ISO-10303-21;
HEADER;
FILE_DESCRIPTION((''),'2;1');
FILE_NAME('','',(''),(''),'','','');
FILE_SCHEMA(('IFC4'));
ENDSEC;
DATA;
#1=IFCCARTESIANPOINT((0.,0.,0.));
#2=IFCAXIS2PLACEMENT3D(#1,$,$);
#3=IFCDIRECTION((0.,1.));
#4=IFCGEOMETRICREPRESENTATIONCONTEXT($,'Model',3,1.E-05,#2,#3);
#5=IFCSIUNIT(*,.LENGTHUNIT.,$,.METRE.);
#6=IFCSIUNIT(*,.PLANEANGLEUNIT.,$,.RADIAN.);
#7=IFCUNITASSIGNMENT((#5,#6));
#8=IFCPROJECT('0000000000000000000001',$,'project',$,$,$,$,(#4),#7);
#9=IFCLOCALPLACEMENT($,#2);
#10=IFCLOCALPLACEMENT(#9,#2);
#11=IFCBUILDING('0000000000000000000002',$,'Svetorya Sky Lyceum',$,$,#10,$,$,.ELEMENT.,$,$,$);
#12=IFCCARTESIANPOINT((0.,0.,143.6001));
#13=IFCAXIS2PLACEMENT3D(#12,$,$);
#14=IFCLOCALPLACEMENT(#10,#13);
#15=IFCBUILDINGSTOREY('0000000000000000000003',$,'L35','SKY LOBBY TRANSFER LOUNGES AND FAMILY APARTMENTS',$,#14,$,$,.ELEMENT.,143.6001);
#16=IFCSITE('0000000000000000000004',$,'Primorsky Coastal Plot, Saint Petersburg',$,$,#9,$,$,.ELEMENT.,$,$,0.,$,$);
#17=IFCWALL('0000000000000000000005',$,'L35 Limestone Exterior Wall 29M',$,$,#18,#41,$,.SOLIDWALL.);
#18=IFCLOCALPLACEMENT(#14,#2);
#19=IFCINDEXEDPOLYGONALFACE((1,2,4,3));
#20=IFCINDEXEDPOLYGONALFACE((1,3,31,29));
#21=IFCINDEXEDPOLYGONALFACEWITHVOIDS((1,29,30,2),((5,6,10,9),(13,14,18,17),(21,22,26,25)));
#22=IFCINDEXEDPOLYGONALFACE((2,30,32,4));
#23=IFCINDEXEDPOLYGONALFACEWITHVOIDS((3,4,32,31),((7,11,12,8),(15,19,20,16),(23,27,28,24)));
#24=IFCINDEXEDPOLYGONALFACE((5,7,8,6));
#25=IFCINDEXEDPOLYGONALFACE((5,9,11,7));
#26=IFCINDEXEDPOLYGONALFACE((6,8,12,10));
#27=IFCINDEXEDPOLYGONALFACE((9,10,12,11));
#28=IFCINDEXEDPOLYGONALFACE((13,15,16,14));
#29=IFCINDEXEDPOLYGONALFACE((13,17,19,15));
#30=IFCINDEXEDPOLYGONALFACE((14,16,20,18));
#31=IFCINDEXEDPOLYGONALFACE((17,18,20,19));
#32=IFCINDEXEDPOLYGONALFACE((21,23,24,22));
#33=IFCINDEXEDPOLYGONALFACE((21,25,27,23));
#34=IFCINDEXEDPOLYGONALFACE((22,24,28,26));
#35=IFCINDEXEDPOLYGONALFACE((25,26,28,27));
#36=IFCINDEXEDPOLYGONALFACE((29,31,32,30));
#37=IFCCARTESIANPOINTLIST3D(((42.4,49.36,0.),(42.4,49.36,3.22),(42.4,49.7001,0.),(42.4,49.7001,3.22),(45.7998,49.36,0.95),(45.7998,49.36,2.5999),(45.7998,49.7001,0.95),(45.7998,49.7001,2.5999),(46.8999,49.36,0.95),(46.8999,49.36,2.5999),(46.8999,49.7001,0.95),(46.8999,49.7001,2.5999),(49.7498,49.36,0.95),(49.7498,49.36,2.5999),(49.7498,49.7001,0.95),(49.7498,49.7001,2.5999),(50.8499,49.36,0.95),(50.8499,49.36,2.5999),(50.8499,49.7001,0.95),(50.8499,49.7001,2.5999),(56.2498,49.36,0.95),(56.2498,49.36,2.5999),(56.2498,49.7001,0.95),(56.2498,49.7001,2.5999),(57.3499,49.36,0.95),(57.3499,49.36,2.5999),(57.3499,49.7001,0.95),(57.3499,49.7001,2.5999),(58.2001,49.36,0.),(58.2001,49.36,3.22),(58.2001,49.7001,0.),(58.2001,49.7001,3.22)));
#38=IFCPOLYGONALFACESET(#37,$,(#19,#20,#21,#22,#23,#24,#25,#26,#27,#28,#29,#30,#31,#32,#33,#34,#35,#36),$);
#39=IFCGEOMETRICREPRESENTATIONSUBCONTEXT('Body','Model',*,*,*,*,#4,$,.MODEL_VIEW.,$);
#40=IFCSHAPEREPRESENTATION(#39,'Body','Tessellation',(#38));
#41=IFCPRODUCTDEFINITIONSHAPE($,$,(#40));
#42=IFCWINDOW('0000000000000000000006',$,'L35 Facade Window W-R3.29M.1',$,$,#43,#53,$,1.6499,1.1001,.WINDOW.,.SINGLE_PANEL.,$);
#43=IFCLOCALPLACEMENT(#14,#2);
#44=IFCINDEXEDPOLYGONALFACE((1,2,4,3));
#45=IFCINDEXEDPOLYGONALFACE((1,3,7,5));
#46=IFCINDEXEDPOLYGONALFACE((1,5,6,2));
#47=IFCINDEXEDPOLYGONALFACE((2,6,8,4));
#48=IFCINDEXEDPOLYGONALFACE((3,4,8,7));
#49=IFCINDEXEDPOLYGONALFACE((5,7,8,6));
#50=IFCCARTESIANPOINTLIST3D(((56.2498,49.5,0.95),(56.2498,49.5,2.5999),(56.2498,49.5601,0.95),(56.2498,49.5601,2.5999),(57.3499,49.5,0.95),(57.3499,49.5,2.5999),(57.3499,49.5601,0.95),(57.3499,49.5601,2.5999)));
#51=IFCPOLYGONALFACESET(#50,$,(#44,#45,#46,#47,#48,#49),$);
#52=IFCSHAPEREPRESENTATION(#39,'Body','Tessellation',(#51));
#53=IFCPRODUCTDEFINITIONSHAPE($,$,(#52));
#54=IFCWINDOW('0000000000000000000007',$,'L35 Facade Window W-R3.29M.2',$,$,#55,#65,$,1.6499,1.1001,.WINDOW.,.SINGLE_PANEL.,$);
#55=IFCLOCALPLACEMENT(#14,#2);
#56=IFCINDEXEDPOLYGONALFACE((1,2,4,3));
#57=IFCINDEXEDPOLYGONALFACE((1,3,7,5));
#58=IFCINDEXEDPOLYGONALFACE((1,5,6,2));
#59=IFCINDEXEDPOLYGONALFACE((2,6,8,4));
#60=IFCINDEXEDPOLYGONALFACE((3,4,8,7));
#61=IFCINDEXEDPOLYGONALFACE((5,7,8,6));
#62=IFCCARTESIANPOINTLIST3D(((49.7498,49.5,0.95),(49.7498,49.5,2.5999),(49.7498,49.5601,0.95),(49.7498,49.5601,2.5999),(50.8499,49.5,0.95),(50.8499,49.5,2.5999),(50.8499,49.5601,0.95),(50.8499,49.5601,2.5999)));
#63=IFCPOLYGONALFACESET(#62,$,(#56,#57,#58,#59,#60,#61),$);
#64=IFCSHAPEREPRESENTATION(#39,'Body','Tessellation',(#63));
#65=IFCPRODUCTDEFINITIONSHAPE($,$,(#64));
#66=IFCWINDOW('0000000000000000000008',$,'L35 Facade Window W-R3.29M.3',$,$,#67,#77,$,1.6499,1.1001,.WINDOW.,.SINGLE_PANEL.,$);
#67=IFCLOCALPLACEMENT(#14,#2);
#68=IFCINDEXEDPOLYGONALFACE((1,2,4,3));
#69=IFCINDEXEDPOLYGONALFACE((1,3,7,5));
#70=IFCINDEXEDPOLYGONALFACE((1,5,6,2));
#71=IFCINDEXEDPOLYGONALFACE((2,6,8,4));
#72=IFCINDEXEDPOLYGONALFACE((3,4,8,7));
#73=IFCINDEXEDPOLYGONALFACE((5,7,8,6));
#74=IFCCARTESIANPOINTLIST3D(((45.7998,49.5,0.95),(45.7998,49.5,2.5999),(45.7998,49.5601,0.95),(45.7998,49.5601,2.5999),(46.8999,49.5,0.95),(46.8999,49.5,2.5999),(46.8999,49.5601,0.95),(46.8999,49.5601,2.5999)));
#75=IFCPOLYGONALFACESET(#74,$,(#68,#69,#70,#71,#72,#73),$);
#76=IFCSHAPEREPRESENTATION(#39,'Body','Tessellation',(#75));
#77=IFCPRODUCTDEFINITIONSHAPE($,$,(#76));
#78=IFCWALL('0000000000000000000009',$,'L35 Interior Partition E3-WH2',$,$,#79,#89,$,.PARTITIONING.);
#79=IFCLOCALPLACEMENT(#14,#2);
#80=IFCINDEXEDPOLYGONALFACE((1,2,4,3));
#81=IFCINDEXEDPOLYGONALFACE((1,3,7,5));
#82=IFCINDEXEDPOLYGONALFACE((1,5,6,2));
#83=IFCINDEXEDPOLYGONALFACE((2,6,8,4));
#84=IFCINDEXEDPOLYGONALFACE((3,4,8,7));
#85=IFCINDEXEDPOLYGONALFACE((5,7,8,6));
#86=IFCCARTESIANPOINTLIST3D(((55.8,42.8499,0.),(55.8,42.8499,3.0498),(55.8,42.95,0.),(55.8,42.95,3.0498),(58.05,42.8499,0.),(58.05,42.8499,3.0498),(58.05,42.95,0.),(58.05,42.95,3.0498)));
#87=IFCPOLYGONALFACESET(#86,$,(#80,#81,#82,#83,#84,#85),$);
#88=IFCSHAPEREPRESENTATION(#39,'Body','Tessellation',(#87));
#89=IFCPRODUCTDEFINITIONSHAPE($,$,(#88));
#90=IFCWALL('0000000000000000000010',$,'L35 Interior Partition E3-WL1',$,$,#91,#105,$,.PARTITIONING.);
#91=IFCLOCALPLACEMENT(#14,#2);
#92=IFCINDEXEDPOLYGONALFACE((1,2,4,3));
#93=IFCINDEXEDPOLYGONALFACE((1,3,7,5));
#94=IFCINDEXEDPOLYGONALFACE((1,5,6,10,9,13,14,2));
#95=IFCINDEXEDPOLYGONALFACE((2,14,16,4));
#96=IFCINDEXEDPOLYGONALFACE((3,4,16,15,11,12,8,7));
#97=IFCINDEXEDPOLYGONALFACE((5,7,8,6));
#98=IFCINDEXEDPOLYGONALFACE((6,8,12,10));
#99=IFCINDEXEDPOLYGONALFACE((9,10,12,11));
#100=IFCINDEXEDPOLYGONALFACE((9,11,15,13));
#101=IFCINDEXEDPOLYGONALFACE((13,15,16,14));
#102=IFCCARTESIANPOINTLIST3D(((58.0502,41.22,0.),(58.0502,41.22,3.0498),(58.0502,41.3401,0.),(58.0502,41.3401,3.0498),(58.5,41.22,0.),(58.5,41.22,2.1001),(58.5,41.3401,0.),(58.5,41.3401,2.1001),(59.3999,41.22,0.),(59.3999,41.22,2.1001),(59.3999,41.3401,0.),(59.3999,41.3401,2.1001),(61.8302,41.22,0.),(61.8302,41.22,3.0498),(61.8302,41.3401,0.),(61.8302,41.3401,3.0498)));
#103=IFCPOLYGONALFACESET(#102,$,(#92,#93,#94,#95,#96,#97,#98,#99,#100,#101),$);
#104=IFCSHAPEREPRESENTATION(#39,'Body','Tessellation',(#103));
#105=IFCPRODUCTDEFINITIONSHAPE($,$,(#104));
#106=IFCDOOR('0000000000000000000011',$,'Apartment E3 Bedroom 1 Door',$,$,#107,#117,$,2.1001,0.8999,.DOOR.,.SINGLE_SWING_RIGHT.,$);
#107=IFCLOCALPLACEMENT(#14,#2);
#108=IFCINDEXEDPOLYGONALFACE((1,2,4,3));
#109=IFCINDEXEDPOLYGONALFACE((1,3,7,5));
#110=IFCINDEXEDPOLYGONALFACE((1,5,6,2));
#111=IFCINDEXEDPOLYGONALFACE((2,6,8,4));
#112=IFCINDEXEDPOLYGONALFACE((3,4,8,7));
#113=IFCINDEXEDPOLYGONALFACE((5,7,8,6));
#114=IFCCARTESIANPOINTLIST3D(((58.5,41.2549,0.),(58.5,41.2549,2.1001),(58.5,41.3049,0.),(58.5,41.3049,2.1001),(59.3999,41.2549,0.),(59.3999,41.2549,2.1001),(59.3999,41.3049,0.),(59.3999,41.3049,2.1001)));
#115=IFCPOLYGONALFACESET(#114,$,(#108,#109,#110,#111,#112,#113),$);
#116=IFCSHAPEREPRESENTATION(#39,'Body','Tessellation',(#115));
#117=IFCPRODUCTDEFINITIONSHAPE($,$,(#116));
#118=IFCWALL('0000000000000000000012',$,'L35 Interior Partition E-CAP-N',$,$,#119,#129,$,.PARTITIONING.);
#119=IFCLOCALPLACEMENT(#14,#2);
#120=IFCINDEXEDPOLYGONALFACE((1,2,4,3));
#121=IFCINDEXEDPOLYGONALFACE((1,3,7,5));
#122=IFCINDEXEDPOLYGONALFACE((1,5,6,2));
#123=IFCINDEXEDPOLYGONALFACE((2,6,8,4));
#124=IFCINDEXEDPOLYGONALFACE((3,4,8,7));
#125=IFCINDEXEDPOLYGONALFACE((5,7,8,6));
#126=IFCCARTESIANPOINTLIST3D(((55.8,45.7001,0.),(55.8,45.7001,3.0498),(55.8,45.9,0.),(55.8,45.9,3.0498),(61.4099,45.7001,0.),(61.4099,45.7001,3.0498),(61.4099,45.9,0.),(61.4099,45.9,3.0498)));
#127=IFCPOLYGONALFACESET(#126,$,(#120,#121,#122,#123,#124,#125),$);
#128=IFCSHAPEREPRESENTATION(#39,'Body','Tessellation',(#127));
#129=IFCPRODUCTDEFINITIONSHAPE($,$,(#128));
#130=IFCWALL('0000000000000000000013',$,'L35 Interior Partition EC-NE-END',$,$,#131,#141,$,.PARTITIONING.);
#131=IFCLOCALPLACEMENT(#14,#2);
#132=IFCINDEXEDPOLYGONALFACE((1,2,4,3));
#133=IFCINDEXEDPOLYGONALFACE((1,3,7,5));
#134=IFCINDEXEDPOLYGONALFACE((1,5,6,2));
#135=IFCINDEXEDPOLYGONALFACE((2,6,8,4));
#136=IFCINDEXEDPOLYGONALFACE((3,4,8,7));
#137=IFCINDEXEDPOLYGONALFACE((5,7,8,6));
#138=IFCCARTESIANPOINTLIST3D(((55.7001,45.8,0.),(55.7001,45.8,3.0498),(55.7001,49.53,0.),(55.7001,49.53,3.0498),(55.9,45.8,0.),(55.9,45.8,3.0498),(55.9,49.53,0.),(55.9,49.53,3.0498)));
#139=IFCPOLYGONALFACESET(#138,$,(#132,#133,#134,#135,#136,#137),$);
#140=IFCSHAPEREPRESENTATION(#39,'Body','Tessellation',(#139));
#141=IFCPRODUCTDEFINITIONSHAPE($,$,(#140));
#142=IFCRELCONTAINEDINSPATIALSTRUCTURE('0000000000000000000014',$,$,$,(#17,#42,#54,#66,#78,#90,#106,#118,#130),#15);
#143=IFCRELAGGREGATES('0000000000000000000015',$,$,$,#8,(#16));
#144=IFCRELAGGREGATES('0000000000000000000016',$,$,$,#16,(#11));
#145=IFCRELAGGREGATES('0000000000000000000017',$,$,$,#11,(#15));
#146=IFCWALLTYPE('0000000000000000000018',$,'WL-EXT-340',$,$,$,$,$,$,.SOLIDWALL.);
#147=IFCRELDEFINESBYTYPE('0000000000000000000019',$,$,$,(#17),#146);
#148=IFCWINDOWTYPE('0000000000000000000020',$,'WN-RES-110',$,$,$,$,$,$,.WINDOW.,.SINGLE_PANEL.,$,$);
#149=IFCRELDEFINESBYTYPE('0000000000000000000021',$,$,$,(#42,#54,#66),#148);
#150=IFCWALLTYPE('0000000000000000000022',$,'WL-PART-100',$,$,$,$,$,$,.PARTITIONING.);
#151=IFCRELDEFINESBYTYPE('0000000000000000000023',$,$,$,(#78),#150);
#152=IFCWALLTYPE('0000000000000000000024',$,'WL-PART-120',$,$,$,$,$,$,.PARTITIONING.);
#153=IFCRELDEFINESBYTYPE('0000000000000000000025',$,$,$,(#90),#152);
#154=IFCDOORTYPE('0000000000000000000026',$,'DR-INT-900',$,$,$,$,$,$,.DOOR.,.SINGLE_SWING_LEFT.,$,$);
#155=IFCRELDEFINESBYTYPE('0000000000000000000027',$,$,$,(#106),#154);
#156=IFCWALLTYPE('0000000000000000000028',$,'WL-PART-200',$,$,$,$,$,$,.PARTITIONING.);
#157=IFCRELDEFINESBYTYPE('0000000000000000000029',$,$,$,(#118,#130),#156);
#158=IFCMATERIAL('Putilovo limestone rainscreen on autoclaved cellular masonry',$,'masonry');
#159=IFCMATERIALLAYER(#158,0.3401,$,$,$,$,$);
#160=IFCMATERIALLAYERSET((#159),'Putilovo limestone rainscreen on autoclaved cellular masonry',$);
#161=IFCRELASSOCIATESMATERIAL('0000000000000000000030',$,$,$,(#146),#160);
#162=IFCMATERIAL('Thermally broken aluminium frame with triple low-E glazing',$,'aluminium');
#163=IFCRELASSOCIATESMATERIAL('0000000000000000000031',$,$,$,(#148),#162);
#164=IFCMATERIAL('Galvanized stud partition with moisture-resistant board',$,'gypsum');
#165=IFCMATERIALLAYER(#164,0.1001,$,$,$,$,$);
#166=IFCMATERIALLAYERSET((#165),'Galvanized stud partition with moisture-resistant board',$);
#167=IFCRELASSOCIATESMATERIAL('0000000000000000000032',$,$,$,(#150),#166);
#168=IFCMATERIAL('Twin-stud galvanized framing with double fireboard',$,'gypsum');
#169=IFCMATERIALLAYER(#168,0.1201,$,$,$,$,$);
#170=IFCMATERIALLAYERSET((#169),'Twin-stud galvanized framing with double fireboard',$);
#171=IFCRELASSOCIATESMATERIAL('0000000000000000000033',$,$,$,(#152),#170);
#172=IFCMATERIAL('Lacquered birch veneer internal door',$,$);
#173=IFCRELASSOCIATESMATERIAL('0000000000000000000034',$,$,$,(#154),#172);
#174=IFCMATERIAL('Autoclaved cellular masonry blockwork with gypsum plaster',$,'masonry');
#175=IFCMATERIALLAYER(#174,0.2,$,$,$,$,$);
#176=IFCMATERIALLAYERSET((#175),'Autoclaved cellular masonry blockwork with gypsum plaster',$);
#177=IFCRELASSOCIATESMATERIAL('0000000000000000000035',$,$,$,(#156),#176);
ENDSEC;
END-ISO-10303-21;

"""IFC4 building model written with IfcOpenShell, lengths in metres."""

from ifc_helpers import new_model, si_unit, direction, frame, frame_2d, origin, place, context, subcontext, project, spatial, rectangle, extrude, material, layer, layer_set, type_object, element, fill, save


model = new_model("IFC4")

# Units and contexts
model_context = context("Model", 3, precision=1e-05, world=origin(), true_north=direction((0.0, 1.0)))
body_context = subcontext(model_context, "Body", "Model", "MODEL_VIEW")
ifc_project = project(units=[si_unit("LENGTHUNIT", "METRE"), si_unit("PLANEANGLEUNIT", "RADIAN")], contexts=[model_context])

# Site, building, storey
site_placement = place(None, origin())
site = spatial("IfcSite", under=ifc_project, at=site_placement, Name="Primorsky Coastal Plot, Saint Petersburg", CompositionType="ELEMENT", RefElevation=0.0)
building_placement = place(site_placement, origin())
building = spatial("IfcBuilding", under=site, at=building_placement, Name="Svetorya Sky Lyceum", CompositionType="ELEMENT")
storey_placement = place(building_placement, frame((0.0, 0.0, 143.6001)))
storey = spatial("IfcBuildingStorey", under=building, at=storey_placement, Name="L35", Description="SKY LOBBY TRANSFER LOUNGES AND FAMILY APARTMENTS", CompositionType="ELEMENT", Elevation=143.6001)

# Shared definitions
ifc_material_1 = material(Name="Putilovo limestone rainscreen on autoclaved cellular masonry", Category="masonry")
ifc_layer_1 = layer(ifc_material_1, 0.3401)
ifc_layer_set_1 = layer_set([ifc_layer_1], Name="Putilovo limestone rainscreen on autoclaved cellular masonry")
wall_type_1 = type_object("IfcWallType", Name="WL-EXT-340", PredefinedType="SOLIDWALL", material=ifc_layer_set_1)

# Wall, openings, windows
wall_1_placement = place(storey_placement, frame((58.2, 49.53, 0.0), z_axis=(0.0, 0.0, 1.0), x_axis=(-1.0, 0.0, 0.0)))
wall_1 = element("IfcWall", 1, at=wall_1_placement, inside=storey, type_object=wall_type_1, Name="L35 Limestone Exterior Wall 29M", PredefinedType="SOLIDWALL", context=body_context, shape_type="SweptSolid", body=[
    extrude(rectangle(XDim=15.8, YDim=0.3401, at=frame_2d((7.8999, 0.0))), origin(), (0.0, 0.0, 1.0), 3.22),
])
opening_1_placement = place(wall_1_placement, frame((0.8501, 0.0, 0.95)))
opening_1 = element("IfcOpeningElement", 2, at=opening_1_placement, cuts=wall_1, PredefinedType="OPENING", context=body_context, shape_type="SweptSolid", body=[
    extrude(rectangle(XDim=1.1001, YDim=1.6499, at=frame_2d((0.55, 0.825))), frame((0.0, 0.1799, 0.0), z_axis=(0.0, -1.0, 0.0), x_axis=(1.0, 0.0, 0.0)), (0.0, 0.0, 1.0), 0.3601),
])
opening_2_placement = place(wall_1_placement, frame((7.3501, 0.0, 0.95)))
opening_2 = element("IfcOpeningElement", 3, at=opening_2_placement, cuts=wall_1, PredefinedType="OPENING", context=body_context, shape_type="SweptSolid", body=[
    extrude(rectangle(XDim=1.1001, YDim=1.6499, at=frame_2d((0.55, 0.825))), frame((0.0, 0.1799, 0.0), z_axis=(0.0, -1.0, 0.0), x_axis=(1.0, 0.0, 0.0)), (0.0, 0.0, 1.0), 0.3601),
])
opening_3_placement = place(wall_1_placement, frame((11.3, 0.0, 0.95)))
opening_3 = element("IfcOpeningElement", 4, at=opening_3_placement, cuts=wall_1, PredefinedType="OPENING", context=body_context, shape_type="SweptSolid", body=[
    extrude(rectangle(XDim=1.1001, YDim=1.6499, at=frame_2d((0.55, 0.825))), frame((0.0, 0.1799, 0.0), z_axis=(0.0, -1.0, 0.0), x_axis=(1.0, 0.0, 0.0)), (0.0, 0.0, 1.0), 0.3601),
])
ifc_material_2 = material(Name="Thermally broken aluminium frame with triple low-E glazing", Category="aluminium")
window_type = type_object("IfcWindowType", Name="WN-RES-110", PartitioningType="SINGLE_PANEL", PredefinedType="WINDOW", material=ifc_material_2)
window_1_placement = place(opening_1_placement, origin())
window_1 = element("IfcWindow", 5, at=window_1_placement, inside=storey, type_object=window_type, Name="L35 Facade Window W-R3.29M.1", OverallHeight=1.6499, OverallWidth=1.1001, PartitioningType="SINGLE_PANEL", PredefinedType="WINDOW", context=body_context, shape_type="SweptSolid", body=[
    extrude(rectangle(XDim=1.1001, YDim=1.6499, at=frame_2d((0.55, 0.825))), frame((0.0, 0.03, 0.0), z_axis=(0.0, -1.0, 0.0), x_axis=(1.0, 0.0, 0.0)), (0.0, 0.0, 1.0), 0.0601),
])
fill(opening_1, window_1)
window_2_placement = place(opening_2_placement, origin())
window_2 = element("IfcWindow", 6, at=window_2_placement, inside=storey, type_object=window_type, Name="L35 Facade Window W-R3.29M.2", OverallHeight=1.6499, OverallWidth=1.1001, PartitioningType="SINGLE_PANEL", PredefinedType="WINDOW", context=body_context, shape_type="SweptSolid", body=[
    extrude(rectangle(XDim=1.1001, YDim=1.6499, at=frame_2d((0.55, 0.825))), frame((0.0, 0.03, 0.0), z_axis=(0.0, -1.0, 0.0), x_axis=(1.0, 0.0, 0.0)), (0.0, 0.0, 1.0), 0.0601),
])
fill(opening_2, window_2)
window_3_placement = place(opening_3_placement, origin())
window_3 = element("IfcWindow", 7, at=window_3_placement, inside=storey, type_object=window_type, Name="L35 Facade Window W-R3.29M.3", OverallHeight=1.6499, OverallWidth=1.1001, PartitioningType="SINGLE_PANEL", PredefinedType="WINDOW", context=body_context, shape_type="SweptSolid", body=[
    extrude(rectangle(XDim=1.1001, YDim=1.6499, at=frame_2d((0.55, 0.825))), frame((0.0, 0.03, 0.0), z_axis=(0.0, -1.0, 0.0), x_axis=(1.0, 0.0, 0.0)), (0.0, 0.0, 1.0), 0.0601),
])
fill(opening_3, window_3)

# Wall
ifc_material_3 = material(Name="Galvanized stud partition with moisture-resistant board", Category="gypsum")
ifc_layer_2 = layer(ifc_material_3, 0.1001)
ifc_layer_set_2 = layer_set([ifc_layer_2], Name="Galvanized stud partition with moisture-resistant board")
wall_type_2 = type_object("IfcWallType", Name="WL-PART-100", PredefinedType="PARTITIONING", material=ifc_layer_set_2)
wall_2_placement = place(storey_placement, frame((55.8, 42.8999, 0.0), z_axis=(0.0, 0.0, 1.0), x_axis=(1.0, 0.0, 0.0)))
element("IfcWall", 8, at=wall_2_placement, inside=storey, type_object=wall_type_2, Name="L35 Interior Partition E3-WH2", PredefinedType="PARTITIONING", context=body_context, shape_type="SweptSolid", body=[
    extrude(rectangle(XDim=2.25, YDim=0.1001, at=frame_2d((1.125, 0.0))), origin(), (0.0, 0.0, 1.0), 3.0498),
])

# Wall, opening, door
ifc_material_4 = material(Name="Twin-stud galvanized framing with double fireboard", Category="gypsum")
ifc_layer_3 = layer(ifc_material_4, 0.1201)
ifc_layer_set_3 = layer_set([ifc_layer_3], Name="Twin-stud galvanized framing with double fireboard")
wall_type_3 = type_object("IfcWallType", Name="WL-PART-120", PredefinedType="PARTITIONING", material=ifc_layer_set_3)
wall_3_placement = place(storey_placement, frame((58.05, 41.28, 0.0), z_axis=(0.0, 0.0, 1.0), x_axis=(1.0, 0.0, 0.0)))
wall_3 = element("IfcWall", 9, at=wall_3_placement, inside=storey, type_object=wall_type_3, Name="L35 Interior Partition E3-WL1", PredefinedType="PARTITIONING", context=body_context, shape_type="SweptSolid", body=[
    extrude(rectangle(XDim=3.78, YDim=0.1201, at=frame_2d((1.8901, 0.0))), origin(), (0.0, 0.0, 1.0), 3.0498),
])
opening_4_placement = place(wall_3_placement, frame((0.45, 0.0, 0.0)))
opening_4 = element("IfcOpeningElement", 10, at=opening_4_placement, cuts=wall_3, PredefinedType="OPENING", context=body_context, shape_type="SweptSolid", body=[
    extrude(rectangle(XDim=0.8999, YDim=2.1001, at=frame_2d((0.45, 1.05))), frame((0.0, 0.0701, 0.0), z_axis=(0.0, -1.0, 0.0), x_axis=(1.0, 0.0, 0.0)), (0.0, 0.0, 1.0), 0.1401),
])
ifc_material_5 = material(Name="Lacquered birch veneer internal door")
door_type = type_object("IfcDoorType", Name="DR-INT-900", OperationType="SINGLE_SWING_LEFT", PredefinedType="DOOR", material=ifc_material_5)
door_1_placement = place(opening_4_placement, origin())
door_1 = element("IfcDoor", 11, at=door_1_placement, inside=storey, type_object=door_type, Name="Apartment E3 Bedroom 1 Door", OperationType="SINGLE_SWING_RIGHT", OverallHeight=2.1001, OverallWidth=0.8999, PredefinedType="DOOR", context=body_context, shape_type="SweptSolid", body=[
    extrude(rectangle(XDim=0.8999, YDim=2.1001, at=frame_2d((0.45, 1.05))), frame((0.0, 0.0249, 0.0), z_axis=(0.0, -1.0, 0.0), x_axis=(1.0, 0.0, 0.0)), (0.0, 0.0, 1.0), 0.05),
])
fill(opening_4, door_1)

# Walls
ifc_material_6 = material(Name="Autoclaved cellular masonry blockwork with gypsum plaster", Category="masonry")
ifc_layer_4 = layer(ifc_material_6, 0.2)
ifc_layer_set_4 = layer_set([ifc_layer_4], Name="Autoclaved cellular masonry blockwork with gypsum plaster")
wall_type_4 = type_object("IfcWallType", Name="WL-PART-200", PredefinedType="PARTITIONING", material=ifc_layer_set_4)
wall_4_placement = place(storey_placement, frame((55.8, 45.8, 0.0), z_axis=(0.0, 0.0, 1.0), x_axis=(1.0, 0.0, 0.0)))
element("IfcWall", 12, at=wall_4_placement, inside=storey, type_object=wall_type_4, Name="L35 Interior Partition E-CAP-N", PredefinedType="PARTITIONING", context=body_context, shape_type="SweptSolid", body=[
    extrude(rectangle(XDim=5.6099, YDim=0.2, at=frame_2d((2.8049, 0.0))), origin(), (0.0, 0.0, 1.0), 3.0498),
])
wall_5_placement = place(storey_placement, frame((55.8, 45.8, 0.0), z_axis=(0.0, 0.0, 1.0), x_axis=(0.0, 1.0, 0.0)))
element("IfcWall", 13, at=wall_5_placement, inside=storey, type_object=wall_type_4, Name="L35 Interior Partition EC-NE-END", PredefinedType="PARTITIONING", context=body_context, shape_type="SweptSolid", body=[
    extrude(rectangle(XDim=3.73, YDim=0.2, at=frame_2d((1.865, 0.0))), origin(), (0.0, 0.0, 1.0), 3.0498),
])

save(model, "model.ifc")
